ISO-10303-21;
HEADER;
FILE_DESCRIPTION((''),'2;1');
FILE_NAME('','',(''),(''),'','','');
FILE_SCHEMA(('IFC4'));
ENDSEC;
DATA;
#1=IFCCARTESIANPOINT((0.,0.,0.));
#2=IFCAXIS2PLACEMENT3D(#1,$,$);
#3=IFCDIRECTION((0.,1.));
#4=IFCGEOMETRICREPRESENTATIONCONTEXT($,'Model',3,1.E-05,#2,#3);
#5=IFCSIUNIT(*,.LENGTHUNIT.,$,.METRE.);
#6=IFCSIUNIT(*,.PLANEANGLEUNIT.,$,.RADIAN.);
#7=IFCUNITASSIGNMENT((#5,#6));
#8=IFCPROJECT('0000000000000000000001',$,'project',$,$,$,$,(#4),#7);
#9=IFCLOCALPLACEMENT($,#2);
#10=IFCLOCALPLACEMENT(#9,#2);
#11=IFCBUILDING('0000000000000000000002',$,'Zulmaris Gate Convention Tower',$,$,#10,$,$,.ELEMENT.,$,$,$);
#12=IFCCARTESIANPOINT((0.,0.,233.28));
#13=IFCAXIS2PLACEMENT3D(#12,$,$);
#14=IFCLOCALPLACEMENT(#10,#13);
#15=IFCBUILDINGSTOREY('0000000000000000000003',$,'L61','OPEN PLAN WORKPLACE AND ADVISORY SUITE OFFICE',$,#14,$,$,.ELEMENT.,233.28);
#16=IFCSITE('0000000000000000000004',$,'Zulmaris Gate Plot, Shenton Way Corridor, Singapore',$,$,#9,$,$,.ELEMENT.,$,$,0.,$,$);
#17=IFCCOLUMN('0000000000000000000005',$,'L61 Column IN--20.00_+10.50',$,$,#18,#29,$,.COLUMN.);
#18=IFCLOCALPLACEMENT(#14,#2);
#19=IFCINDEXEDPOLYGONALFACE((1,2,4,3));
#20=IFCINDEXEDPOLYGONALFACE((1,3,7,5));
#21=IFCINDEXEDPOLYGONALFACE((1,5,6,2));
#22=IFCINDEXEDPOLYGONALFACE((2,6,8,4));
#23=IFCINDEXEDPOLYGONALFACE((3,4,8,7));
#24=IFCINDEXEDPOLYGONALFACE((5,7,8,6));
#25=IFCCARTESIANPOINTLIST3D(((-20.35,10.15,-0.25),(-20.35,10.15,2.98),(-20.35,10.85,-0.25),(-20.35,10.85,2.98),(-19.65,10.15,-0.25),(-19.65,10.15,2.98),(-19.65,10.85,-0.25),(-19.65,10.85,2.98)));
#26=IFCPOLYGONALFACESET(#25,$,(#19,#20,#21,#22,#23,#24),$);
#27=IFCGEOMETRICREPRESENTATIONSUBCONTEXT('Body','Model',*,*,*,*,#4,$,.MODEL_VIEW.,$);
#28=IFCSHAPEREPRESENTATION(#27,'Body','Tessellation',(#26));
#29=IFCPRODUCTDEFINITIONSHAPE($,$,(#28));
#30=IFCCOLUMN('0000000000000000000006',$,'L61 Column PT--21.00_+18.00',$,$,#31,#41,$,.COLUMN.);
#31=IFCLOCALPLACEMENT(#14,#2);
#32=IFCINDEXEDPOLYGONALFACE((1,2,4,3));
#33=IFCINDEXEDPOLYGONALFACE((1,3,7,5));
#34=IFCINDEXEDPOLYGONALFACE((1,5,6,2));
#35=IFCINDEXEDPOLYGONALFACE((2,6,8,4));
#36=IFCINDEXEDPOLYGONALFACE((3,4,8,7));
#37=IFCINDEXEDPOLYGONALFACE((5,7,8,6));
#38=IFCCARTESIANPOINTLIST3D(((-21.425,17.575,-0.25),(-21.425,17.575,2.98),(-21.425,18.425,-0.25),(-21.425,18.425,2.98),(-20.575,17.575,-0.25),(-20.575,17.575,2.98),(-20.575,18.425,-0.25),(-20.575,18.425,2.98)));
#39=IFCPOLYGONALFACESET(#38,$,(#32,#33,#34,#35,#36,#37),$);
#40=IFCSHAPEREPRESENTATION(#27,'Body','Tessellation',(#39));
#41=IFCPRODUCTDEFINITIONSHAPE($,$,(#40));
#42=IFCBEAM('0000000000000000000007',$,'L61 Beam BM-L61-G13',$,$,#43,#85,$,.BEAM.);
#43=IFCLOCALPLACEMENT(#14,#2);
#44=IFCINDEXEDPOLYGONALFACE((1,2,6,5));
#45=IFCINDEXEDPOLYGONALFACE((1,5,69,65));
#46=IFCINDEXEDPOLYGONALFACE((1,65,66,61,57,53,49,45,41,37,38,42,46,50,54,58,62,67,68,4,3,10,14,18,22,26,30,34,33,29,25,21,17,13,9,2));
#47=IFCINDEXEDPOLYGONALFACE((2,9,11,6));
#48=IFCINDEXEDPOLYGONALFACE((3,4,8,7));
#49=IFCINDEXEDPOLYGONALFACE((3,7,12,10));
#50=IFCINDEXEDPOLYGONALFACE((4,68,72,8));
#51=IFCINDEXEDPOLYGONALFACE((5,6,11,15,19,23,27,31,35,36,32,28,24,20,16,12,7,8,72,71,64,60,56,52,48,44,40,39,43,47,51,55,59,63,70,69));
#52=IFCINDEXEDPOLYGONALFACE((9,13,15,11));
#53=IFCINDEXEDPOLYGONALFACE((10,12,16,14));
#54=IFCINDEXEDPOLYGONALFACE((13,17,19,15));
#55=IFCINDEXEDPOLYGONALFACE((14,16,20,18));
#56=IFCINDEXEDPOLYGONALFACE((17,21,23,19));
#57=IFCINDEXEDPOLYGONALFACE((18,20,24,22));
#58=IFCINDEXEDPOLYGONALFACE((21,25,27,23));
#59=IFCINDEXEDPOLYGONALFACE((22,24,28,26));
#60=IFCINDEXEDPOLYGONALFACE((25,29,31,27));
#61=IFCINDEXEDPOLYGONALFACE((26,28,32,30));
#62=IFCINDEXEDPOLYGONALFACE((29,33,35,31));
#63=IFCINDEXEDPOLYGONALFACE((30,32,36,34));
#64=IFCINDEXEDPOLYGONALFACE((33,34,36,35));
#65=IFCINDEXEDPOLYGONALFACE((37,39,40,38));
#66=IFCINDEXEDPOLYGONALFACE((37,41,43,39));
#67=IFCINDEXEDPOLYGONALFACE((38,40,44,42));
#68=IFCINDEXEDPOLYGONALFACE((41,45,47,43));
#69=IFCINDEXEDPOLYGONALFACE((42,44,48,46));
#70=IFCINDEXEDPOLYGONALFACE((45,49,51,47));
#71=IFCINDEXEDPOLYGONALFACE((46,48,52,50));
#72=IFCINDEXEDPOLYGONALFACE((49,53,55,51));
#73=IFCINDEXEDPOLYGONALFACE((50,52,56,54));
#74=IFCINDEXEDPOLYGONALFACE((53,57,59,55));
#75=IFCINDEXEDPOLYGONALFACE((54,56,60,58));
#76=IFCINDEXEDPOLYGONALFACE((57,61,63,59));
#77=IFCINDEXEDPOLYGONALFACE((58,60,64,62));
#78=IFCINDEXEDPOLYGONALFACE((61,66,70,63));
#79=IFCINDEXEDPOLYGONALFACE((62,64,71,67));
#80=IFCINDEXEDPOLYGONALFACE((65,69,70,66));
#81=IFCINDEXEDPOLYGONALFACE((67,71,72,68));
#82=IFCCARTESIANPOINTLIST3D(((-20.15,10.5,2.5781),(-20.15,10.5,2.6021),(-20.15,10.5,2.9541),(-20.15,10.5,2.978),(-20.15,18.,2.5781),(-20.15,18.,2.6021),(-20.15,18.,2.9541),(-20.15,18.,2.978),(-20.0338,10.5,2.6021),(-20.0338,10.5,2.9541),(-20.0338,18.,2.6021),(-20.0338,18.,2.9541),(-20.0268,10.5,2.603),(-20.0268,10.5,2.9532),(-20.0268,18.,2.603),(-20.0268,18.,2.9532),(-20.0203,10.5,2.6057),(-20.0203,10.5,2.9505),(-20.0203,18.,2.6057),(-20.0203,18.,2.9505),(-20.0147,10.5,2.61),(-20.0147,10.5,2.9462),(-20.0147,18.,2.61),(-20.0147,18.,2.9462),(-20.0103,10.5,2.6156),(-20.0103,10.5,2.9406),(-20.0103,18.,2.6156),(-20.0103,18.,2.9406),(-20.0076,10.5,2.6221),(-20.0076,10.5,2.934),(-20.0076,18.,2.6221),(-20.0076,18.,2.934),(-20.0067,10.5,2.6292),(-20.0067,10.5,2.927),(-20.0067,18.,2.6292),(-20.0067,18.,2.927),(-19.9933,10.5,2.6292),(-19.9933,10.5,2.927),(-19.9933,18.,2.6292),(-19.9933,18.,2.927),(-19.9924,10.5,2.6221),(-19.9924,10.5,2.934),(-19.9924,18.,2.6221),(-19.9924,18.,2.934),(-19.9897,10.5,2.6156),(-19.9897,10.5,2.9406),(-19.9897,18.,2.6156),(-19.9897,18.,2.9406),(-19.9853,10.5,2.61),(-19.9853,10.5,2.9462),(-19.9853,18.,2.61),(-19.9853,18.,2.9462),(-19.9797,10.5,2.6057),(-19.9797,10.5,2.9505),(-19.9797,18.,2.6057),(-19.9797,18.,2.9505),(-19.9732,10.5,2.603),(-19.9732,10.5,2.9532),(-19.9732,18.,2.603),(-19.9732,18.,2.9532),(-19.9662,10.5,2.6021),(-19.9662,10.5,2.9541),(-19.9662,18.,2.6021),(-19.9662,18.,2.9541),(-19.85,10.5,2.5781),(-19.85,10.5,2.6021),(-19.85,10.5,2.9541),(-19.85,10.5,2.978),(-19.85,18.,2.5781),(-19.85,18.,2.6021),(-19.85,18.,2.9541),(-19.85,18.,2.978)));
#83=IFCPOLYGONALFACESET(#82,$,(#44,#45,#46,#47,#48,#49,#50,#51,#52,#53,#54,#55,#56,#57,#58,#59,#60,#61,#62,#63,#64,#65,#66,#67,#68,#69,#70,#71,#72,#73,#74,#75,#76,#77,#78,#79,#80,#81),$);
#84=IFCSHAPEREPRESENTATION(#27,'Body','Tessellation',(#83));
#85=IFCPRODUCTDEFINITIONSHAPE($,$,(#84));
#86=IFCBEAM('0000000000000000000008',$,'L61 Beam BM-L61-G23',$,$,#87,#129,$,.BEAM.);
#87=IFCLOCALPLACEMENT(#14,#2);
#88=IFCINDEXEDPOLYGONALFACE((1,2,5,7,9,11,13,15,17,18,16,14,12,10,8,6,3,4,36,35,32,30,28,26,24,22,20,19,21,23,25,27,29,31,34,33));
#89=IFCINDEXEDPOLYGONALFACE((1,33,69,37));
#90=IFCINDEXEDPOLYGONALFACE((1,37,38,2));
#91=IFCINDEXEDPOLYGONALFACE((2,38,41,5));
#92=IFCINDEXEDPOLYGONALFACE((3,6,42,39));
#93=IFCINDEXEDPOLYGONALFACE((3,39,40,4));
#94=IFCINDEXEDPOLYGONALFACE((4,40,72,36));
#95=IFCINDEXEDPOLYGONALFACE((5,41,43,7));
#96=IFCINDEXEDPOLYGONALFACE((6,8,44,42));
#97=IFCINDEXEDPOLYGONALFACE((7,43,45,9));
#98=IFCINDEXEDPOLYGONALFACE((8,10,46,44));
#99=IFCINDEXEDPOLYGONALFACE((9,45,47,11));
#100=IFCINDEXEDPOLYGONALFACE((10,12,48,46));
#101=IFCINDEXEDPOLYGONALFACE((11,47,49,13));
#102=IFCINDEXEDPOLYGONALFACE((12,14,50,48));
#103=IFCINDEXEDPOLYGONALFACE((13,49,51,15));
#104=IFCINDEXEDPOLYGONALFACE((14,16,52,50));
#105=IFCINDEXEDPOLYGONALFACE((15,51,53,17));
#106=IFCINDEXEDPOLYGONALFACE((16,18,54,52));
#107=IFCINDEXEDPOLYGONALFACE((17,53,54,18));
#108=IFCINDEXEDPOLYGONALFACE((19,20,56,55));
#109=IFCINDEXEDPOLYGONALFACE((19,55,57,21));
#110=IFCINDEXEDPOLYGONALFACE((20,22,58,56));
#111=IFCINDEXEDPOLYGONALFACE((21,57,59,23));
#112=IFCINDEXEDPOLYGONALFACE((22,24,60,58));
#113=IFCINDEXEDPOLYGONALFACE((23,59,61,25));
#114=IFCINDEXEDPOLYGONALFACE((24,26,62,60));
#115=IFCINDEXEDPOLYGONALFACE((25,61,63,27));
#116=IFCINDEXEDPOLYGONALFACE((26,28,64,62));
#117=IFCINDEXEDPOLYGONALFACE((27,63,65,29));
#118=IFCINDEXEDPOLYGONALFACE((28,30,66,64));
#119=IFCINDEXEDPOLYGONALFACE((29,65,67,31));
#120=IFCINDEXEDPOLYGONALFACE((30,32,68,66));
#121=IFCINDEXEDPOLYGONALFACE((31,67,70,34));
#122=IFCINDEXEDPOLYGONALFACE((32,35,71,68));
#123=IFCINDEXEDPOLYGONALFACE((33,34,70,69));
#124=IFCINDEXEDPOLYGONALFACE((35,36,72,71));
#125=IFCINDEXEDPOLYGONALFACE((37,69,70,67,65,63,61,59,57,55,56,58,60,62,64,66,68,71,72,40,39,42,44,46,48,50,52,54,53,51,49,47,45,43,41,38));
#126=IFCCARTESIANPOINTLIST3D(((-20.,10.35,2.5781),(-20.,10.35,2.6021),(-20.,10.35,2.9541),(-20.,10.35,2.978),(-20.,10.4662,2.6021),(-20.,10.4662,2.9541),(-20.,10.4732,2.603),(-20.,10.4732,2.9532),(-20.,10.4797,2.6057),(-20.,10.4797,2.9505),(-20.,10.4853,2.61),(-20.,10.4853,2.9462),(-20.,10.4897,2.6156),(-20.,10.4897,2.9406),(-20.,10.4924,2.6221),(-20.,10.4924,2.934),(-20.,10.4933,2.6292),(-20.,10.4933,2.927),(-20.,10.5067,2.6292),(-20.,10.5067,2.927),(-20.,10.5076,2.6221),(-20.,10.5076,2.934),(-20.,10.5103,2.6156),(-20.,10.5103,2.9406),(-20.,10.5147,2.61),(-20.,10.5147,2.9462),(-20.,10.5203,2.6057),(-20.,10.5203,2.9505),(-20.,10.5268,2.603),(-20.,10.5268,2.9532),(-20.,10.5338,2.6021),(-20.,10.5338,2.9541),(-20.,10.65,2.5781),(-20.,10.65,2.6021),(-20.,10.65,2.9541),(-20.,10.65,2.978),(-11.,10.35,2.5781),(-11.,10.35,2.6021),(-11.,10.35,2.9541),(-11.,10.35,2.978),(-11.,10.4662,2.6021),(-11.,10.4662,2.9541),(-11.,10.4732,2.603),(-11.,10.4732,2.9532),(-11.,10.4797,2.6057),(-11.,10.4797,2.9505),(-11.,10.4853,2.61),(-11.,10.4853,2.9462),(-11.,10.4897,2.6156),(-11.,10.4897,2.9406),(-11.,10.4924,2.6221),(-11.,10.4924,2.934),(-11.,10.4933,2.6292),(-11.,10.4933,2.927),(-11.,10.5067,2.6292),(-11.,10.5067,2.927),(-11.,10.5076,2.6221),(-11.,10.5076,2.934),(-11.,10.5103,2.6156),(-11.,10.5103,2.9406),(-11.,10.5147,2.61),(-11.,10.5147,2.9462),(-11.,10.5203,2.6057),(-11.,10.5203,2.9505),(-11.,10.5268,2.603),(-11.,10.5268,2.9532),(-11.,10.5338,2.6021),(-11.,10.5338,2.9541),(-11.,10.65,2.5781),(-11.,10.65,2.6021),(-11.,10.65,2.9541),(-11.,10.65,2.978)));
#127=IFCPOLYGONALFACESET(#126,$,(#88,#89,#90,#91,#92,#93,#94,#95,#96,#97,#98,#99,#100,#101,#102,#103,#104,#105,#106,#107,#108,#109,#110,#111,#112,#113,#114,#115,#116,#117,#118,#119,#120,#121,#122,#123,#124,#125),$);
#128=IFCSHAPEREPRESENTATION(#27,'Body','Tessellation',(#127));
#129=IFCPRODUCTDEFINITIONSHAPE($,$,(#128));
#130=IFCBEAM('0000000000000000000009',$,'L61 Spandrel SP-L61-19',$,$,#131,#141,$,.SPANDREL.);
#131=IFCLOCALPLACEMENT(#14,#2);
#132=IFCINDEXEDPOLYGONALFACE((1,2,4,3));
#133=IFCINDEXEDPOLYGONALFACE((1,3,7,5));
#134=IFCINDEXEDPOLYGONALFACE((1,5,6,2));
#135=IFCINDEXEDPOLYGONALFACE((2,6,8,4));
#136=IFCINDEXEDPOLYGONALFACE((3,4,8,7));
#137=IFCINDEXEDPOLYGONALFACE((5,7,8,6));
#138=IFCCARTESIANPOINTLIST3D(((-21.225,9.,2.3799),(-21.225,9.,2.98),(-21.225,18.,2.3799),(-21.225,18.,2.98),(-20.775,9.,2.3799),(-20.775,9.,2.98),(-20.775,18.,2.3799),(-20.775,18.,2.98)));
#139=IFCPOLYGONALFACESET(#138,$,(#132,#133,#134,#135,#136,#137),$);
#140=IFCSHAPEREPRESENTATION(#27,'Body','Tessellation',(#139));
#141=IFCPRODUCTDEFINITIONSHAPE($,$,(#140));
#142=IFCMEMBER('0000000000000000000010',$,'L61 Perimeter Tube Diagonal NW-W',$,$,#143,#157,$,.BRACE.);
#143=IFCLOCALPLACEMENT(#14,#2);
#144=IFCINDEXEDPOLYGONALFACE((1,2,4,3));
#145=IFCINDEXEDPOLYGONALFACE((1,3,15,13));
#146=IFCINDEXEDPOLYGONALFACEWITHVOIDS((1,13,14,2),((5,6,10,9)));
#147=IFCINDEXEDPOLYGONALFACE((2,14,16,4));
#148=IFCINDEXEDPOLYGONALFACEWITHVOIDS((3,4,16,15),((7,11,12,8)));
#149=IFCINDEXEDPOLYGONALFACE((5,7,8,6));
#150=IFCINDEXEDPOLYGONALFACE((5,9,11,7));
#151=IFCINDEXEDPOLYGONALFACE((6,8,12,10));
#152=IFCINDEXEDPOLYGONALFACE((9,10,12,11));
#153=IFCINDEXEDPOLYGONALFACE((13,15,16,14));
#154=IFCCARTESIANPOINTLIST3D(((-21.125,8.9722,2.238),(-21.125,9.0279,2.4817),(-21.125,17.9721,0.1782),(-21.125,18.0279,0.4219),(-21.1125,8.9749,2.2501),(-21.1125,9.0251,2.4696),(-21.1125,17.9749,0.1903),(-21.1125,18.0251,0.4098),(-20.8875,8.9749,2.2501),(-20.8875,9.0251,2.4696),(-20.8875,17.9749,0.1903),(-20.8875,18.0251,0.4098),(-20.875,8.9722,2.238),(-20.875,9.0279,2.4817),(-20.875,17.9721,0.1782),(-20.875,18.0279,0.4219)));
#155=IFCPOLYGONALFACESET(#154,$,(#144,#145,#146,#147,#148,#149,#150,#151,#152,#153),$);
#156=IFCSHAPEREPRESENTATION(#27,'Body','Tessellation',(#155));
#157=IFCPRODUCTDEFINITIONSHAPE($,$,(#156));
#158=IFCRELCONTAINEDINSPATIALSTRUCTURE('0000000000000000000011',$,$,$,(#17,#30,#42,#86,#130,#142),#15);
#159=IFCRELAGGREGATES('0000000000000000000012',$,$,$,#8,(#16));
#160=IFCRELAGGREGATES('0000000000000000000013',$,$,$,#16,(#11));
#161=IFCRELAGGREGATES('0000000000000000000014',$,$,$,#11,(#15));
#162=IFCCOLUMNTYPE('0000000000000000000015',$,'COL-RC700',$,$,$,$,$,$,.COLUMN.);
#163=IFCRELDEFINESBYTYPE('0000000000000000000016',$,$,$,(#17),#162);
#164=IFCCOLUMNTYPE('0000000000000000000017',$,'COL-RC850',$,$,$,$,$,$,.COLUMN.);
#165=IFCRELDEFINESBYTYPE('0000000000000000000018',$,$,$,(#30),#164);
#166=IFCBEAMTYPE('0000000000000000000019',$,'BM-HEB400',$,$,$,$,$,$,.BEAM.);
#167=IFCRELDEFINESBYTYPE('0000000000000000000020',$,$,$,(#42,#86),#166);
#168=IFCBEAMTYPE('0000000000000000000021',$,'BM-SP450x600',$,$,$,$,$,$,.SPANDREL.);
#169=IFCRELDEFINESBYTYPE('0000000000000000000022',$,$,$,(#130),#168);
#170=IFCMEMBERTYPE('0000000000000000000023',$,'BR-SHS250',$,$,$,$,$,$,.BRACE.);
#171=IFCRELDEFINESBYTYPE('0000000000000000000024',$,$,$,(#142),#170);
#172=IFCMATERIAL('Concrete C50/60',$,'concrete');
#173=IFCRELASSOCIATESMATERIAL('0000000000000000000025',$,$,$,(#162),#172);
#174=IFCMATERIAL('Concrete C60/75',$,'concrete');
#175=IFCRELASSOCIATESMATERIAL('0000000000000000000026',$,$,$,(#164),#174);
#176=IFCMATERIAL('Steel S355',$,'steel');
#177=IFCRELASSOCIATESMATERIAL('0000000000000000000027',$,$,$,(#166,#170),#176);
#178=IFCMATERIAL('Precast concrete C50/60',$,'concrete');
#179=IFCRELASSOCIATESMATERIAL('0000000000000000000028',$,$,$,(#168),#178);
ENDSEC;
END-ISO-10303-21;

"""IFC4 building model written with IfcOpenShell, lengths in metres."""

from ifc_helpers import new_model, si_unit, direction, frame, origin, origin_2d, place, context, subcontext, project, spatial, rectangle, hollow_rectangle, i_section, extrude, material, material_profile, profile_set, type_object, element, save


model = new_model("IFC4")

# Units and contexts
model_context = context("Model", 3, precision=1e-05, world=origin(), true_north=direction((0.0, 1.0)))
body_context = subcontext(model_context, "Body", "Model", "MODEL_VIEW")
ifc_project = project(units=[si_unit("LENGTHUNIT", "METRE"), si_unit("PLANEANGLEUNIT", "RADIAN")], contexts=[model_context])

# Site, building, storey
site_placement = place(None, origin())
site = spatial("IfcSite", under=ifc_project, at=site_placement, Name="Zulmaris Gate Plot, Shenton Way Corridor, Singapore", CompositionType="ELEMENT", RefElevation=0.0)
building_placement = place(site_placement, origin())
building = spatial("IfcBuilding", under=site, at=building_placement, Name="Zulmaris Gate Convention Tower", CompositionType="ELEMENT")
storey_placement = place(building_placement, frame((0.0, 0.0, 233.28)))
storey = spatial("IfcBuildingStorey", under=building, at=storey_placement, Name="L61", Description="OPEN PLAN WORKPLACE AND ADVISORY SUITE OFFICE", CompositionType="ELEMENT", Elevation=233.28)

# Columns
ifc_material_1 = material(Name="Concrete C50/60", Category="concrete")
ifc_material_profile_1 = material_profile(ifc_material_1, rectangle(XDim=0.7, YDim=0.7, at=origin_2d()), Name="RC COL 700x700")
ifc_profile_set_1 = profile_set([ifc_material_profile_1], Name="Concrete C50/60")
column_type_1 = type_object("IfcColumnType", Name="COL-RC700", PredefinedType="COLUMN", material=ifc_profile_set_1)
column_1_placement = place(storey_placement, frame((-20.0, 10.5, -0.25), z_axis=(0.0, 0.0, 1.0), x_axis=(1.0, 0.0, 0.0)))
element("IfcColumn", 1, at=column_1_placement, inside=storey, type_object=column_type_1, Name="L61 Column IN--20.00_+10.50", PredefinedType="COLUMN", context=body_context, shape_type="SweptSolid", body=[
    extrude(rectangle(XDim=0.7, YDim=0.7, at=origin_2d()), origin(), (0.0, 0.0, 1.0), 3.23),
])
ifc_material_2 = material(Name="Concrete C60/75", Category="concrete")
ifc_material_profile_2 = material_profile(ifc_material_2, rectangle(XDim=0.8501, YDim=0.8501, at=origin_2d()), Name="RC COL 850x850")
ifc_profile_set_2 = profile_set([ifc_material_profile_2], Name="Concrete C60/75")
column_type_2 = type_object("IfcColumnType", Name="COL-RC850", PredefinedType="COLUMN", material=ifc_profile_set_2)
column_2_placement = place(storey_placement, frame((-21.0, 18.0, -0.25), z_axis=(0.0, 0.0, 1.0), x_axis=(1.0, 0.0, 0.0)))
element("IfcColumn", 2, at=column_2_placement, inside=storey, type_object=column_type_2, Name="L61 Column PT--21.00_+18.00", PredefinedType="COLUMN", context=body_context, shape_type="SweptSolid", body=[
    extrude(rectangle(XDim=0.8501, YDim=0.8501, at=origin_2d()), origin(), (0.0, 0.0, 1.0), 3.23),
])

# Beams
ifc_material_3 = material(Name="Steel S355", Category="steel")
ifc_material_profile_3 = material_profile(ifc_material_3, i_section(OverallWidth=0.3, OverallDepth=0.3999, WebThickness=0.0134, FlangeThickness=0.0239, FilletRadius=0.0271, at=origin_2d()), Name="HEB 400")
ifc_profile_set_3 = profile_set([ifc_material_profile_3], Name="Steel S355")
beam_type_1 = type_object("IfcBeamType", Name="BM-HEB400", PredefinedType="BEAM", material=ifc_profile_set_3)
beam_1_placement = place(storey_placement, frame((-20.0, 10.5, 2.7781), z_axis=(0.0, 1.0, 0.0), x_axis=(-1.0, 0.0, 0.0)))
element("IfcBeam", 3, at=beam_1_placement, inside=storey, type_object=beam_type_1, Name="L61 Beam BM-L61-G13", PredefinedType="BEAM", context=body_context, shape_type="SweptSolid", body=[
    extrude(i_section(OverallWidth=0.3, OverallDepth=0.3999, WebThickness=0.0134, FlangeThickness=0.0239, FilletRadius=0.0271, at=origin_2d()), origin(), (0.0, 0.0, 1.0), 7.5),
])
beam_2_placement = place(storey_placement, frame((-20.0, 10.5, 2.7781), z_axis=(1.0, 0.0, 0.0), x_axis=(0.0, 1.0, 0.0)))
element("IfcBeam", 4, at=beam_2_placement, inside=storey, type_object=beam_type_1, Name="L61 Beam BM-L61-G23", PredefinedType="BEAM", context=body_context, shape_type="SweptSolid", body=[
    extrude(i_section(OverallWidth=0.3, OverallDepth=0.3999, WebThickness=0.0134, FlangeThickness=0.0239, FilletRadius=0.0271, at=origin_2d()), origin(), (0.0, 0.0, 1.0), 9.0),
])
ifc_material_4 = material(Name="Precast concrete C50/60", Category="concrete")
ifc_material_profile_4 = material_profile(ifc_material_4, rectangle(XDim=0.45, YDim=0.6001, at=origin_2d()), Name="RC SPANDREL 450x600")
ifc_profile_set_4 = profile_set([ifc_material_profile_4], Name="Precast concrete C50/60")
beam_type_2 = type_object("IfcBeamType", Name="BM-SP450x600", PredefinedType="SPANDREL", material=ifc_profile_set_4)
beam_3_placement = place(storey_placement, frame((-21.0, 18.0, 2.6799), z_axis=(0.0, -1.0, 0.0), x_axis=(1.0, 0.0, 0.0)))
element("IfcBeam", 5, at=beam_3_placement, inside=storey, type_object=beam_type_2, Name="L61 Spandrel SP-L61-19", PredefinedType="SPANDREL", context=body_context, shape_type="SweptSolid", body=[
    extrude(rectangle(XDim=0.45, YDim=0.6001, at=origin_2d()), origin(), (0.0, 0.0, 1.0), 9.0),
])

# Member
ifc_material_profile_5 = material_profile(ifc_material_3, hollow_rectangle(XDim=0.25, YDim=0.25, WallThickness=0.0125, at=origin_2d()), Name="SHS 250x250x12.5")
ifc_profile_set_5 = profile_set([ifc_material_profile_5], Name="Steel S355")
member_type = type_object("IfcMemberType", Name="BR-SHS250", PredefinedType="BRACE", material=ifc_profile_set_5)
member_placement = place(storey_placement, frame((-21.0, 18.0, 0.3), z_axis=(0.0, -0.974796, 0.2231), x_axis=(1.0, 0.0, 0.0)))
element("IfcMember", 6, at=member_placement, inside=storey, type_object=member_type, Name="L61 Perimeter Tube Diagonal NW-W", PredefinedType="BRACE", context=body_context, shape_type="SweptSolid", body=[
    extrude(hollow_rectangle(XDim=0.25, YDim=0.25, WallThickness=0.0125, at=origin_2d()), origin(), (0.0, 0.0, 1.0), 9.2327),
])

save(model, "model.ifc")
